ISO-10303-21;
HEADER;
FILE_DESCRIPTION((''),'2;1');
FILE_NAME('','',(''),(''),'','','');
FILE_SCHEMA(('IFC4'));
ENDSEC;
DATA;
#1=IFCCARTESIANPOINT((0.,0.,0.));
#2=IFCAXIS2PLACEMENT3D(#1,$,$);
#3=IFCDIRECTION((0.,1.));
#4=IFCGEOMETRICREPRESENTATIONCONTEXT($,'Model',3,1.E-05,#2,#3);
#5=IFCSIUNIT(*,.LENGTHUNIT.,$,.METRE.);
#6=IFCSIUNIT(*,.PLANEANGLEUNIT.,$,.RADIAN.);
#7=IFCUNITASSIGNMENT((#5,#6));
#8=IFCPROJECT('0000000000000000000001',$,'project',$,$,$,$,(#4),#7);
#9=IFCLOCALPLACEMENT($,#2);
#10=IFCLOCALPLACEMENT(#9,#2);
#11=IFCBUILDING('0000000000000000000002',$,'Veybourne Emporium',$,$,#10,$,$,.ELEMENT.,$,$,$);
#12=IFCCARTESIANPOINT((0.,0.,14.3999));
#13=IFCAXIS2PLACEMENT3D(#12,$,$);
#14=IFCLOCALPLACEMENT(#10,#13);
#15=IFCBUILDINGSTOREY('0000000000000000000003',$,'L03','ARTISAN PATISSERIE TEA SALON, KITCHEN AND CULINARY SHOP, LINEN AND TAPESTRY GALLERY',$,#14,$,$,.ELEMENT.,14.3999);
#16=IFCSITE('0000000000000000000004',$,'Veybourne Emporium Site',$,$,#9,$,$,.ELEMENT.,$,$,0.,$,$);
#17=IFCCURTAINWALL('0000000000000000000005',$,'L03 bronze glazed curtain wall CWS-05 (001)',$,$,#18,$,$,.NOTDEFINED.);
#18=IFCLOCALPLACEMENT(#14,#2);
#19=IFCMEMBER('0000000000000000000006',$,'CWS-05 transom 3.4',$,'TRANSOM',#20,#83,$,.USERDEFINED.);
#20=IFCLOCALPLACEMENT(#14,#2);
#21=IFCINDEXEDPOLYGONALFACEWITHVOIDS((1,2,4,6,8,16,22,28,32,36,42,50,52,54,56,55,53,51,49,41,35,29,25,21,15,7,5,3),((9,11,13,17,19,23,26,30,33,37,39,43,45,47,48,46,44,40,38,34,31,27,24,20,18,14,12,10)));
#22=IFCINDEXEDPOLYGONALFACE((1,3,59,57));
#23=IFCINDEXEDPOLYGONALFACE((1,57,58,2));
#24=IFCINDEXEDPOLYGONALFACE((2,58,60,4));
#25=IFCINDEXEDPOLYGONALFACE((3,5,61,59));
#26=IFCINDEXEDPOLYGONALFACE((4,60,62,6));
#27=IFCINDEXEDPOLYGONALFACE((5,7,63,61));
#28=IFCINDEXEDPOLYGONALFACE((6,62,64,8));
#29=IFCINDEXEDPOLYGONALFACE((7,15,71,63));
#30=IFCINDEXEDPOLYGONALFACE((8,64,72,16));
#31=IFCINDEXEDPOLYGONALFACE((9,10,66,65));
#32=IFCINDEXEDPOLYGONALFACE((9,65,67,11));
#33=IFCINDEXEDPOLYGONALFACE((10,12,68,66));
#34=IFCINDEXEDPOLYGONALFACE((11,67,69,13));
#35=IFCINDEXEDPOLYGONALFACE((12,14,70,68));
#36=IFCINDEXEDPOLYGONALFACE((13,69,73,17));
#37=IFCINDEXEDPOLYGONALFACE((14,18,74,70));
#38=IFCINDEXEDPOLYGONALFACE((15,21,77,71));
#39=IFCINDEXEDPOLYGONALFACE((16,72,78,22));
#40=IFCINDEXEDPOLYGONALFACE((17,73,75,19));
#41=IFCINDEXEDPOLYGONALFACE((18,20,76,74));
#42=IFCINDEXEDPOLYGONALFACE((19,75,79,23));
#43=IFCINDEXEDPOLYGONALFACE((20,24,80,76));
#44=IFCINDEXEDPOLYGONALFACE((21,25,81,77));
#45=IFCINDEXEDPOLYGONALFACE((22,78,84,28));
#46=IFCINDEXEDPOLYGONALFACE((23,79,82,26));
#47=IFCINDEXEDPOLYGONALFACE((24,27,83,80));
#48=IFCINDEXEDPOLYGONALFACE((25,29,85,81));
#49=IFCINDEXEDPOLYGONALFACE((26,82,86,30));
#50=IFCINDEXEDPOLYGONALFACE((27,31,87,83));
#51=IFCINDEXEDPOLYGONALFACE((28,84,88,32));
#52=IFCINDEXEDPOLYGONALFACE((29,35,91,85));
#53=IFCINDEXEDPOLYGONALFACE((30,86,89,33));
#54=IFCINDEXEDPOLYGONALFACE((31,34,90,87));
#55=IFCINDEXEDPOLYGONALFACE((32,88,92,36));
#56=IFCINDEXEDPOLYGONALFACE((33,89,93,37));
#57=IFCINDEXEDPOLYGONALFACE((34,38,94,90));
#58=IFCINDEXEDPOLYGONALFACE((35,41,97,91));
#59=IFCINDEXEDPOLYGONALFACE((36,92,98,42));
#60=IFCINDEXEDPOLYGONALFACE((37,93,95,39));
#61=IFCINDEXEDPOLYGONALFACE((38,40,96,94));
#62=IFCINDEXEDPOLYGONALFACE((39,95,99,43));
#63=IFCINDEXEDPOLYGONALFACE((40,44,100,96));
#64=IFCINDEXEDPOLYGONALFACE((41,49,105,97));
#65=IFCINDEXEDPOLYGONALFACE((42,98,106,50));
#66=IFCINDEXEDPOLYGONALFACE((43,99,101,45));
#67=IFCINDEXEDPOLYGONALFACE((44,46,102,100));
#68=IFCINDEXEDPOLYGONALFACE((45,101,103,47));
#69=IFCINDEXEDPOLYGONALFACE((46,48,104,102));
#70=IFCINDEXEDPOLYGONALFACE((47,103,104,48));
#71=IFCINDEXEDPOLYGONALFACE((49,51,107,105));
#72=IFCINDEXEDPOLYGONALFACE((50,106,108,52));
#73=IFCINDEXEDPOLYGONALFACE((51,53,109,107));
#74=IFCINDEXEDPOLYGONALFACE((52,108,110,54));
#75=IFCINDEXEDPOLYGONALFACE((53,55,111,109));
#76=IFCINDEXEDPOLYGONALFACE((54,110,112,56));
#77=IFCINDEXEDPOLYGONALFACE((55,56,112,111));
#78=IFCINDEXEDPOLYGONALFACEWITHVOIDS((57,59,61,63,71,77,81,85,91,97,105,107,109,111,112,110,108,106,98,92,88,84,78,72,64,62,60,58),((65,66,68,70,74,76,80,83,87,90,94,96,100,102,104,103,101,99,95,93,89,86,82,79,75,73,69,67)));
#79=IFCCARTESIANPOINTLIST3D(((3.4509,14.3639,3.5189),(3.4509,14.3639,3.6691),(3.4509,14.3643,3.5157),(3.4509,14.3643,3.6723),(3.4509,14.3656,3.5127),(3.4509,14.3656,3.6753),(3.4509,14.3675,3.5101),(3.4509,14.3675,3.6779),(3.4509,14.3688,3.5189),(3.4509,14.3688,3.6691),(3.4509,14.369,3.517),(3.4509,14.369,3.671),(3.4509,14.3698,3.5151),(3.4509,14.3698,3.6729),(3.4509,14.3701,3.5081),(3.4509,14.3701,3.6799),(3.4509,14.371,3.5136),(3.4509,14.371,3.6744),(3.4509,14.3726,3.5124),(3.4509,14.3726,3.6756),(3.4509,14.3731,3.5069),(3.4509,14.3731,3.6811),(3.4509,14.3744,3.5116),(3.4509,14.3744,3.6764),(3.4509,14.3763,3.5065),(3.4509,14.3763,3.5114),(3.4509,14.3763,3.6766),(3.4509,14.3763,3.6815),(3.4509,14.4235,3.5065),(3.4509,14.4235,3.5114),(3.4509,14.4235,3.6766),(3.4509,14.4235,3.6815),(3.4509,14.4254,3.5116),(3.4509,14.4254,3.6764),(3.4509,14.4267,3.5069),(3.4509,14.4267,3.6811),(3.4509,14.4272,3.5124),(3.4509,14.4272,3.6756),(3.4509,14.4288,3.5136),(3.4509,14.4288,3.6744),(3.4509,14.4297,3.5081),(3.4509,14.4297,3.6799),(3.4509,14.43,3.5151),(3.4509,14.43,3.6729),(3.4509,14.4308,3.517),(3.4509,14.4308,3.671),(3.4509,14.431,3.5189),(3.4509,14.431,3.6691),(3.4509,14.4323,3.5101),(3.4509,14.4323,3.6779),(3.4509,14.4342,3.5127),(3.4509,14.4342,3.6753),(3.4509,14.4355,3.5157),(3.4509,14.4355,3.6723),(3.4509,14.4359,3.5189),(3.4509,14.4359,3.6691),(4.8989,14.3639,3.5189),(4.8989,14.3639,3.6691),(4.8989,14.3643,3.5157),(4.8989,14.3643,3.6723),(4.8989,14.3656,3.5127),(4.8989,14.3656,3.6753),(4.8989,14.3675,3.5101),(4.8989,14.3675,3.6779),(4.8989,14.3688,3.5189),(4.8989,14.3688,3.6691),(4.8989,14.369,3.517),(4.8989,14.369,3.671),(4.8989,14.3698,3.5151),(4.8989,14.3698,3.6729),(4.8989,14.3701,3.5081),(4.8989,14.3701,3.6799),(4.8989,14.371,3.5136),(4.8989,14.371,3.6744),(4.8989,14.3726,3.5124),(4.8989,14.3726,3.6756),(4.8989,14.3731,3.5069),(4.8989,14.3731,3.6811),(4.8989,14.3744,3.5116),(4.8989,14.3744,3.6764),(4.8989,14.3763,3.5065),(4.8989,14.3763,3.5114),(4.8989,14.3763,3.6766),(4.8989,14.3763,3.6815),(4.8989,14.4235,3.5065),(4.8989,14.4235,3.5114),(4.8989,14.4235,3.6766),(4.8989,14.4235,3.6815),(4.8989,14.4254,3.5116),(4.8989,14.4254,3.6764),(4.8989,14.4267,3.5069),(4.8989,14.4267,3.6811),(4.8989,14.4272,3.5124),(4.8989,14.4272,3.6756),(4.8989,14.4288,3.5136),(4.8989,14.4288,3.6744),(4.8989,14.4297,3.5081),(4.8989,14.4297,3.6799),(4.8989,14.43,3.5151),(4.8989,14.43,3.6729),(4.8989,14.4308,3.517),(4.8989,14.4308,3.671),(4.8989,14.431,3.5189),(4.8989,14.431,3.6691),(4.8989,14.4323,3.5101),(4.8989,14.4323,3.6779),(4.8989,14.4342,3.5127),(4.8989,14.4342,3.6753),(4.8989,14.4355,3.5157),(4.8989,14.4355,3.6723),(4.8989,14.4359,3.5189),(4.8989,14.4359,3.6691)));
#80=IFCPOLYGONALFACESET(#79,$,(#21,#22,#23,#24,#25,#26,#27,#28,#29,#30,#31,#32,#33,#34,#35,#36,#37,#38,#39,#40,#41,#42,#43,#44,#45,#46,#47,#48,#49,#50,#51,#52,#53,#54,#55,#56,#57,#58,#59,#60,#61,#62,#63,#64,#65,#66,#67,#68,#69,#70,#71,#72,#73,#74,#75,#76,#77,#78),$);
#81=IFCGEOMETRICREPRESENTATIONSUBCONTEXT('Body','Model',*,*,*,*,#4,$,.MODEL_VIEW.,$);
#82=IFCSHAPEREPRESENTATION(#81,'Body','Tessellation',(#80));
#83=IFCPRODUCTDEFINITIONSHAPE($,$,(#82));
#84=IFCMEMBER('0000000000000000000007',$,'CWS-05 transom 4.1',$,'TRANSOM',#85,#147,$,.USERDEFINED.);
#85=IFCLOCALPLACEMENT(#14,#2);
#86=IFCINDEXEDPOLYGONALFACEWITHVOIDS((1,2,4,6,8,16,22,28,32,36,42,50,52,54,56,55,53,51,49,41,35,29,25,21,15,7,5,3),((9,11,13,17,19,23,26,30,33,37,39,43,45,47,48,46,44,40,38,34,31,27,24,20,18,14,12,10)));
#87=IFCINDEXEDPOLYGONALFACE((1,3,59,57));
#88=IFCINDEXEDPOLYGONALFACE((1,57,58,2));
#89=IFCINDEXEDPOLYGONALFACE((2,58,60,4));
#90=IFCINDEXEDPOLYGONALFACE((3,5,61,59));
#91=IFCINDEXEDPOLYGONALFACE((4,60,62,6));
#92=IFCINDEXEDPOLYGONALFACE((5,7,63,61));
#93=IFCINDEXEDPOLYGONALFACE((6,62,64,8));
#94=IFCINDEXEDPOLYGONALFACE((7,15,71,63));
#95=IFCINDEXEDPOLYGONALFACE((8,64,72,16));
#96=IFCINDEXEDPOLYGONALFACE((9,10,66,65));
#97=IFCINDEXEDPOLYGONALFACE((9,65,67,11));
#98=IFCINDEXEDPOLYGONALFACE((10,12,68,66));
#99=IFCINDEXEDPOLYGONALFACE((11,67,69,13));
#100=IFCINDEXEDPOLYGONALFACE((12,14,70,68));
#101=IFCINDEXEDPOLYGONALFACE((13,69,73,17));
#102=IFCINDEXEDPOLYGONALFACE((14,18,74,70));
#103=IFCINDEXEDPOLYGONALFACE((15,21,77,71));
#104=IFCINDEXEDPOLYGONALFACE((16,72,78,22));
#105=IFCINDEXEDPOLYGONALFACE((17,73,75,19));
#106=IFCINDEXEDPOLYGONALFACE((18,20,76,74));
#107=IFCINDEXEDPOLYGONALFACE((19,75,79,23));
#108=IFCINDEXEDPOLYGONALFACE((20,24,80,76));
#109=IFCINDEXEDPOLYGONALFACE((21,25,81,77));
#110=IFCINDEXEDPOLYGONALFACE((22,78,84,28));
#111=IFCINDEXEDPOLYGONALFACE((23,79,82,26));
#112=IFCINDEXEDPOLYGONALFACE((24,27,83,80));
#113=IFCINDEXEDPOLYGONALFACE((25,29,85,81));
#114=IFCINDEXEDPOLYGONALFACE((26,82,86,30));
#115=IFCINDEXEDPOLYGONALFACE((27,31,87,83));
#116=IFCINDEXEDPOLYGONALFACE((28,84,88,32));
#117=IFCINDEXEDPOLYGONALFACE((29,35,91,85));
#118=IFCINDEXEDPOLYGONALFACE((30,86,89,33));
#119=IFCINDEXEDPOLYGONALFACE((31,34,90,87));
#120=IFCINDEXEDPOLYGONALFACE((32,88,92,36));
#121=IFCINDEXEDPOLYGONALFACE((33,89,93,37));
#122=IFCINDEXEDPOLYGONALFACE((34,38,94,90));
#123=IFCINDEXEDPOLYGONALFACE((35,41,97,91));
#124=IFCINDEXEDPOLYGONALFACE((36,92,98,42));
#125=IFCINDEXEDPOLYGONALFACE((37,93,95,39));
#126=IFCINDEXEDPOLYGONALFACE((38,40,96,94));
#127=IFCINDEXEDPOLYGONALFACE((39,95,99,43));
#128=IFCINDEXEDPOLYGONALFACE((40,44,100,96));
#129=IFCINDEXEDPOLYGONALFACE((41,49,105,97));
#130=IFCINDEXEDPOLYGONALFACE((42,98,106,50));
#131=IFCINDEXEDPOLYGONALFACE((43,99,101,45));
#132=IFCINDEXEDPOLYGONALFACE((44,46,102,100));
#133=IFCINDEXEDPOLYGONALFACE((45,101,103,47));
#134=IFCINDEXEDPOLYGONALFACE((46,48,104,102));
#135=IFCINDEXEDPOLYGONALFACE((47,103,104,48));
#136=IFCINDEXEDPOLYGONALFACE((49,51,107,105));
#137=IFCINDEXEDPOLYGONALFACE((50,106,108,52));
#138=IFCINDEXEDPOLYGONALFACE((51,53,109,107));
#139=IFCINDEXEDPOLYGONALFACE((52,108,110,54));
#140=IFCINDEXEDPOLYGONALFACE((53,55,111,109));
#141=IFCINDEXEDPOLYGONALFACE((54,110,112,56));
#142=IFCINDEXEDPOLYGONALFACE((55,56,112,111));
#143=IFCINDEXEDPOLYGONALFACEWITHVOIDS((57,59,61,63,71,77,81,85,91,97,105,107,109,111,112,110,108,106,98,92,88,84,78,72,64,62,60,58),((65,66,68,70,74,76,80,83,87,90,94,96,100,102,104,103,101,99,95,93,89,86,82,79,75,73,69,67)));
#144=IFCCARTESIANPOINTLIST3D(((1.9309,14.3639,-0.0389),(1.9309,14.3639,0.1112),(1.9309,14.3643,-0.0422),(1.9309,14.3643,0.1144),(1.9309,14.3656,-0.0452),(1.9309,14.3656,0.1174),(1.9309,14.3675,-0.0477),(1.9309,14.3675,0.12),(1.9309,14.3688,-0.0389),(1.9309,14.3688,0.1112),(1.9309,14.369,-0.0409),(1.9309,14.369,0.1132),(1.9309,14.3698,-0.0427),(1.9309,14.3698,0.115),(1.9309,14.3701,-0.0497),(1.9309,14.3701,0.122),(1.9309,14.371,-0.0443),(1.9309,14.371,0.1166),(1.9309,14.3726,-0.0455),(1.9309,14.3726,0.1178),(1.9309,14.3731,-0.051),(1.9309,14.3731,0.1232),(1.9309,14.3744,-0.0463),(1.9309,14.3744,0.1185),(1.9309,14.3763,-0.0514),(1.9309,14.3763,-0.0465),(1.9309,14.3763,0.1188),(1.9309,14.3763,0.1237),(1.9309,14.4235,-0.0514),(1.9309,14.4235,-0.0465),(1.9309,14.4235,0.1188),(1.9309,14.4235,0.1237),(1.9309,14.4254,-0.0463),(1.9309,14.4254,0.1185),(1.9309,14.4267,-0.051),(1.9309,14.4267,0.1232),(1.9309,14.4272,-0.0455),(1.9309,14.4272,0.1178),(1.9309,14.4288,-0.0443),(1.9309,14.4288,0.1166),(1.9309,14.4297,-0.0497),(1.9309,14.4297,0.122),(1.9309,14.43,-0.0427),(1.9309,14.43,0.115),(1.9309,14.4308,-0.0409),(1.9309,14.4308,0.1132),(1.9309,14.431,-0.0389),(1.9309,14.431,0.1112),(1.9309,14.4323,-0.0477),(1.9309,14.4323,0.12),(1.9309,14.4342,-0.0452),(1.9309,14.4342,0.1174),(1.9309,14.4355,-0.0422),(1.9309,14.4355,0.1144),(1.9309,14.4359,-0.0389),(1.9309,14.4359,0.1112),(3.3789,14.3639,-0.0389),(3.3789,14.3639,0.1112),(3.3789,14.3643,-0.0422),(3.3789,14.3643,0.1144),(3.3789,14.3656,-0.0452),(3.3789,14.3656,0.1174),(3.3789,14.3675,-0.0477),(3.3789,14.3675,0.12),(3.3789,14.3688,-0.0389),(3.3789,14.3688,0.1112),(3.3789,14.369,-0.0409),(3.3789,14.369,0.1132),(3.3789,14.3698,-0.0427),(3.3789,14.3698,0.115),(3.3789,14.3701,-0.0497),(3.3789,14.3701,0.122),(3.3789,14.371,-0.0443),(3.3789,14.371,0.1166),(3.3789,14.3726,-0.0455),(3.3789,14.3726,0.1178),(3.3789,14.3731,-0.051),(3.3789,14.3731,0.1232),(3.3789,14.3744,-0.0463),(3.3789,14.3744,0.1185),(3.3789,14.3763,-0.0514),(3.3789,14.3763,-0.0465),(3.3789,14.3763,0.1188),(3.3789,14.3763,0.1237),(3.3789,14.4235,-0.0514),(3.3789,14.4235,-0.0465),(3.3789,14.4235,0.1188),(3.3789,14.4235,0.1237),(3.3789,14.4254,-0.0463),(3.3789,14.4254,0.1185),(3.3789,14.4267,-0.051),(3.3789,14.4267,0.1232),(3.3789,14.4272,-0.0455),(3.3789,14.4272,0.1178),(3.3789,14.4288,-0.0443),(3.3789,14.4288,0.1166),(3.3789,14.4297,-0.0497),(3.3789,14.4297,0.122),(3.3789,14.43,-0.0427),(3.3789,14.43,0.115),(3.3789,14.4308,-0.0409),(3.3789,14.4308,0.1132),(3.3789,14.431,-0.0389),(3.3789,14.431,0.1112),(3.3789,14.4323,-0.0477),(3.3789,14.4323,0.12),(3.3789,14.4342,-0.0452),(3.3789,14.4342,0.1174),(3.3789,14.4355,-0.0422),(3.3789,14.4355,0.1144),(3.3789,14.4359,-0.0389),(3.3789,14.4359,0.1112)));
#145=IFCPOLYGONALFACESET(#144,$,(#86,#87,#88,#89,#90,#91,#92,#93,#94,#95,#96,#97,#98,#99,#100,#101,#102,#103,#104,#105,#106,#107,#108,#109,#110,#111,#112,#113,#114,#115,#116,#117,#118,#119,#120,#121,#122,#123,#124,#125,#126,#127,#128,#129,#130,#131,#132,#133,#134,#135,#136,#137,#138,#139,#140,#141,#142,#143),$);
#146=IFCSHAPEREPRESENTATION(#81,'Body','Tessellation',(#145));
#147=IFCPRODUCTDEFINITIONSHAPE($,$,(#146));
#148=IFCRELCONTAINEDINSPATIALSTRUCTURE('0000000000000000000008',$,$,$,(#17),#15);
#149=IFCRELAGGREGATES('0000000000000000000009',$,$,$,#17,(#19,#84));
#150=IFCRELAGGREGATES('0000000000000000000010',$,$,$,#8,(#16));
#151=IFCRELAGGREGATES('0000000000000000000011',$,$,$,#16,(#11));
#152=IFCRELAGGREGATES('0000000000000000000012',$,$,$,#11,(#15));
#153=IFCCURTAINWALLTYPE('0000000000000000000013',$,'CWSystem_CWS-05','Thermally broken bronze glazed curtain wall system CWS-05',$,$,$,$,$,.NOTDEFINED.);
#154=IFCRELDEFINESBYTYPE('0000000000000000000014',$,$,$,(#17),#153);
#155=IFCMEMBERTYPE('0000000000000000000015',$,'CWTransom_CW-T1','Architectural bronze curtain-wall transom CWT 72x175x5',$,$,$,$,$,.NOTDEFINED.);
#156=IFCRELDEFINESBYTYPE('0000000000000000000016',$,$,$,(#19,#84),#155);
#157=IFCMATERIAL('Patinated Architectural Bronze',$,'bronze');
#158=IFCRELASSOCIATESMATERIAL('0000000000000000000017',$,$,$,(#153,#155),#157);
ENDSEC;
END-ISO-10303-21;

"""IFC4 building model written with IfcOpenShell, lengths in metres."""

from ifc_helpers import new_model, si_unit, direction, frame, origin, origin_2d, place, context, subcontext, project, spatial, hollow_rectangle, extrude, material, material_profile, profile_set, type_object, element, aggregate, save


model = new_model("IFC4")

# Units and contexts
model_context = context("Model", 3, precision=1e-05, world=origin(), true_north=direction((0.0, 1.0)))
body_context = subcontext(model_context, "Body", "Model", "MODEL_VIEW")
ifc_project = project(units=[si_unit("LENGTHUNIT", "METRE"), si_unit("PLANEANGLEUNIT", "RADIAN")], contexts=[model_context])

# Site, building, storey
site_placement = place(None, origin())
site = spatial("IfcSite", under=ifc_project, at=site_placement, Name="Veybourne Emporium Site", CompositionType="ELEMENT", RefElevation=0.0)
building_placement = place(site_placement, origin())
building = spatial("IfcBuilding", under=site, at=building_placement, Name="Veybourne Emporium", CompositionType="ELEMENT")
storey_placement = place(building_placement, frame((0.0, 0.0, 14.3999)))
storey = spatial("IfcBuildingStorey", under=building, at=storey_placement, Name="L03", Description="ARTISAN PATISSERIE TEA SALON, KITCHEN AND CULINARY SHOP, LINEN AND TAPESTRY GALLERY", CompositionType="ELEMENT", Elevation=14.3999)

# Curtain wall, members
ifc_material_1 = material(Name="Patinated Architectural Bronze", Category="bronze")
curtain_wall_type = type_object("IfcCurtainWallType", Name="CWSystem_CWS-05", Description="Thermally broken bronze glazed curtain wall system CWS-05", PredefinedType="NOTDEFINED", material=ifc_material_1)
curtain_wall_placement = place(storey_placement, origin())
curtain_wall = element("IfcCurtainWall", 1, at=curtain_wall_placement, inside=storey, type_object=curtain_wall_type, Name="L03 bronze glazed curtain wall CWS-05 (001)", PredefinedType="NOTDEFINED")
ifc_material_profile_1 = material_profile(ifc_material_1, hollow_rectangle(XDim=0.072, YDim=0.175, WallThickness=0.0049, InnerFilletRadius=0.0076, OuterFilletRadius=0.0125, at=origin_2d()), Name="CWT 72x175x5")
ifc_profile_set_1 = profile_set([ifc_material_profile_1], Name="Patinated Architectural Bronze")
member_type_1 = type_object("IfcMemberType", Name="CWTransom_CW-T1", Description="Architectural bronze curtain-wall transom CWT 72x175x5", PredefinedType="NOTDEFINED", material=ifc_profile_set_1)
member_1_placement = place(storey_placement, frame((4.8989, 14.3999, 3.594), z_axis=(-1.0, 0.0, 0.0), x_axis=(0.0, -1.0, 0.0)))
member_1 = element("IfcMember", 2, at=member_1_placement, type_object=member_type_1, Name="CWS-05 transom 3.4", ObjectType="TRANSOM", PredefinedType="USERDEFINED", context=body_context, shape_type="SweptSolid", body=[
    extrude(hollow_rectangle(XDim=0.072, YDim=0.175, WallThickness=0.0049, InnerFilletRadius=0.0076, OuterFilletRadius=0.0125, at=origin_2d()), origin(), (0.0, 0.0, 1.0), 1.448),
])
member_2_placement = place(storey_placement, frame((3.3789, 14.3999, 0.0361), z_axis=(-1.0, 0.0, 0.0), x_axis=(0.0, -1.0, 0.0)))
member_2 = element("IfcMember", 3, at=member_2_placement, type_object=member_type_1, Name="CWS-05 transom 4.1", ObjectType="TRANSOM", PredefinedType="USERDEFINED", context=body_context, shape_type="SweptSolid", body=[
    extrude(hollow_rectangle(XDim=0.072, YDim=0.175, WallThickness=0.0049, InnerFilletRadius=0.0076, OuterFilletRadius=0.0125, at=origin_2d()), origin(), (0.0, 0.0, 1.0), 1.448),
])
aggregate(curtain_wall, [member_1, member_2])

save(model, "model.ifc")
